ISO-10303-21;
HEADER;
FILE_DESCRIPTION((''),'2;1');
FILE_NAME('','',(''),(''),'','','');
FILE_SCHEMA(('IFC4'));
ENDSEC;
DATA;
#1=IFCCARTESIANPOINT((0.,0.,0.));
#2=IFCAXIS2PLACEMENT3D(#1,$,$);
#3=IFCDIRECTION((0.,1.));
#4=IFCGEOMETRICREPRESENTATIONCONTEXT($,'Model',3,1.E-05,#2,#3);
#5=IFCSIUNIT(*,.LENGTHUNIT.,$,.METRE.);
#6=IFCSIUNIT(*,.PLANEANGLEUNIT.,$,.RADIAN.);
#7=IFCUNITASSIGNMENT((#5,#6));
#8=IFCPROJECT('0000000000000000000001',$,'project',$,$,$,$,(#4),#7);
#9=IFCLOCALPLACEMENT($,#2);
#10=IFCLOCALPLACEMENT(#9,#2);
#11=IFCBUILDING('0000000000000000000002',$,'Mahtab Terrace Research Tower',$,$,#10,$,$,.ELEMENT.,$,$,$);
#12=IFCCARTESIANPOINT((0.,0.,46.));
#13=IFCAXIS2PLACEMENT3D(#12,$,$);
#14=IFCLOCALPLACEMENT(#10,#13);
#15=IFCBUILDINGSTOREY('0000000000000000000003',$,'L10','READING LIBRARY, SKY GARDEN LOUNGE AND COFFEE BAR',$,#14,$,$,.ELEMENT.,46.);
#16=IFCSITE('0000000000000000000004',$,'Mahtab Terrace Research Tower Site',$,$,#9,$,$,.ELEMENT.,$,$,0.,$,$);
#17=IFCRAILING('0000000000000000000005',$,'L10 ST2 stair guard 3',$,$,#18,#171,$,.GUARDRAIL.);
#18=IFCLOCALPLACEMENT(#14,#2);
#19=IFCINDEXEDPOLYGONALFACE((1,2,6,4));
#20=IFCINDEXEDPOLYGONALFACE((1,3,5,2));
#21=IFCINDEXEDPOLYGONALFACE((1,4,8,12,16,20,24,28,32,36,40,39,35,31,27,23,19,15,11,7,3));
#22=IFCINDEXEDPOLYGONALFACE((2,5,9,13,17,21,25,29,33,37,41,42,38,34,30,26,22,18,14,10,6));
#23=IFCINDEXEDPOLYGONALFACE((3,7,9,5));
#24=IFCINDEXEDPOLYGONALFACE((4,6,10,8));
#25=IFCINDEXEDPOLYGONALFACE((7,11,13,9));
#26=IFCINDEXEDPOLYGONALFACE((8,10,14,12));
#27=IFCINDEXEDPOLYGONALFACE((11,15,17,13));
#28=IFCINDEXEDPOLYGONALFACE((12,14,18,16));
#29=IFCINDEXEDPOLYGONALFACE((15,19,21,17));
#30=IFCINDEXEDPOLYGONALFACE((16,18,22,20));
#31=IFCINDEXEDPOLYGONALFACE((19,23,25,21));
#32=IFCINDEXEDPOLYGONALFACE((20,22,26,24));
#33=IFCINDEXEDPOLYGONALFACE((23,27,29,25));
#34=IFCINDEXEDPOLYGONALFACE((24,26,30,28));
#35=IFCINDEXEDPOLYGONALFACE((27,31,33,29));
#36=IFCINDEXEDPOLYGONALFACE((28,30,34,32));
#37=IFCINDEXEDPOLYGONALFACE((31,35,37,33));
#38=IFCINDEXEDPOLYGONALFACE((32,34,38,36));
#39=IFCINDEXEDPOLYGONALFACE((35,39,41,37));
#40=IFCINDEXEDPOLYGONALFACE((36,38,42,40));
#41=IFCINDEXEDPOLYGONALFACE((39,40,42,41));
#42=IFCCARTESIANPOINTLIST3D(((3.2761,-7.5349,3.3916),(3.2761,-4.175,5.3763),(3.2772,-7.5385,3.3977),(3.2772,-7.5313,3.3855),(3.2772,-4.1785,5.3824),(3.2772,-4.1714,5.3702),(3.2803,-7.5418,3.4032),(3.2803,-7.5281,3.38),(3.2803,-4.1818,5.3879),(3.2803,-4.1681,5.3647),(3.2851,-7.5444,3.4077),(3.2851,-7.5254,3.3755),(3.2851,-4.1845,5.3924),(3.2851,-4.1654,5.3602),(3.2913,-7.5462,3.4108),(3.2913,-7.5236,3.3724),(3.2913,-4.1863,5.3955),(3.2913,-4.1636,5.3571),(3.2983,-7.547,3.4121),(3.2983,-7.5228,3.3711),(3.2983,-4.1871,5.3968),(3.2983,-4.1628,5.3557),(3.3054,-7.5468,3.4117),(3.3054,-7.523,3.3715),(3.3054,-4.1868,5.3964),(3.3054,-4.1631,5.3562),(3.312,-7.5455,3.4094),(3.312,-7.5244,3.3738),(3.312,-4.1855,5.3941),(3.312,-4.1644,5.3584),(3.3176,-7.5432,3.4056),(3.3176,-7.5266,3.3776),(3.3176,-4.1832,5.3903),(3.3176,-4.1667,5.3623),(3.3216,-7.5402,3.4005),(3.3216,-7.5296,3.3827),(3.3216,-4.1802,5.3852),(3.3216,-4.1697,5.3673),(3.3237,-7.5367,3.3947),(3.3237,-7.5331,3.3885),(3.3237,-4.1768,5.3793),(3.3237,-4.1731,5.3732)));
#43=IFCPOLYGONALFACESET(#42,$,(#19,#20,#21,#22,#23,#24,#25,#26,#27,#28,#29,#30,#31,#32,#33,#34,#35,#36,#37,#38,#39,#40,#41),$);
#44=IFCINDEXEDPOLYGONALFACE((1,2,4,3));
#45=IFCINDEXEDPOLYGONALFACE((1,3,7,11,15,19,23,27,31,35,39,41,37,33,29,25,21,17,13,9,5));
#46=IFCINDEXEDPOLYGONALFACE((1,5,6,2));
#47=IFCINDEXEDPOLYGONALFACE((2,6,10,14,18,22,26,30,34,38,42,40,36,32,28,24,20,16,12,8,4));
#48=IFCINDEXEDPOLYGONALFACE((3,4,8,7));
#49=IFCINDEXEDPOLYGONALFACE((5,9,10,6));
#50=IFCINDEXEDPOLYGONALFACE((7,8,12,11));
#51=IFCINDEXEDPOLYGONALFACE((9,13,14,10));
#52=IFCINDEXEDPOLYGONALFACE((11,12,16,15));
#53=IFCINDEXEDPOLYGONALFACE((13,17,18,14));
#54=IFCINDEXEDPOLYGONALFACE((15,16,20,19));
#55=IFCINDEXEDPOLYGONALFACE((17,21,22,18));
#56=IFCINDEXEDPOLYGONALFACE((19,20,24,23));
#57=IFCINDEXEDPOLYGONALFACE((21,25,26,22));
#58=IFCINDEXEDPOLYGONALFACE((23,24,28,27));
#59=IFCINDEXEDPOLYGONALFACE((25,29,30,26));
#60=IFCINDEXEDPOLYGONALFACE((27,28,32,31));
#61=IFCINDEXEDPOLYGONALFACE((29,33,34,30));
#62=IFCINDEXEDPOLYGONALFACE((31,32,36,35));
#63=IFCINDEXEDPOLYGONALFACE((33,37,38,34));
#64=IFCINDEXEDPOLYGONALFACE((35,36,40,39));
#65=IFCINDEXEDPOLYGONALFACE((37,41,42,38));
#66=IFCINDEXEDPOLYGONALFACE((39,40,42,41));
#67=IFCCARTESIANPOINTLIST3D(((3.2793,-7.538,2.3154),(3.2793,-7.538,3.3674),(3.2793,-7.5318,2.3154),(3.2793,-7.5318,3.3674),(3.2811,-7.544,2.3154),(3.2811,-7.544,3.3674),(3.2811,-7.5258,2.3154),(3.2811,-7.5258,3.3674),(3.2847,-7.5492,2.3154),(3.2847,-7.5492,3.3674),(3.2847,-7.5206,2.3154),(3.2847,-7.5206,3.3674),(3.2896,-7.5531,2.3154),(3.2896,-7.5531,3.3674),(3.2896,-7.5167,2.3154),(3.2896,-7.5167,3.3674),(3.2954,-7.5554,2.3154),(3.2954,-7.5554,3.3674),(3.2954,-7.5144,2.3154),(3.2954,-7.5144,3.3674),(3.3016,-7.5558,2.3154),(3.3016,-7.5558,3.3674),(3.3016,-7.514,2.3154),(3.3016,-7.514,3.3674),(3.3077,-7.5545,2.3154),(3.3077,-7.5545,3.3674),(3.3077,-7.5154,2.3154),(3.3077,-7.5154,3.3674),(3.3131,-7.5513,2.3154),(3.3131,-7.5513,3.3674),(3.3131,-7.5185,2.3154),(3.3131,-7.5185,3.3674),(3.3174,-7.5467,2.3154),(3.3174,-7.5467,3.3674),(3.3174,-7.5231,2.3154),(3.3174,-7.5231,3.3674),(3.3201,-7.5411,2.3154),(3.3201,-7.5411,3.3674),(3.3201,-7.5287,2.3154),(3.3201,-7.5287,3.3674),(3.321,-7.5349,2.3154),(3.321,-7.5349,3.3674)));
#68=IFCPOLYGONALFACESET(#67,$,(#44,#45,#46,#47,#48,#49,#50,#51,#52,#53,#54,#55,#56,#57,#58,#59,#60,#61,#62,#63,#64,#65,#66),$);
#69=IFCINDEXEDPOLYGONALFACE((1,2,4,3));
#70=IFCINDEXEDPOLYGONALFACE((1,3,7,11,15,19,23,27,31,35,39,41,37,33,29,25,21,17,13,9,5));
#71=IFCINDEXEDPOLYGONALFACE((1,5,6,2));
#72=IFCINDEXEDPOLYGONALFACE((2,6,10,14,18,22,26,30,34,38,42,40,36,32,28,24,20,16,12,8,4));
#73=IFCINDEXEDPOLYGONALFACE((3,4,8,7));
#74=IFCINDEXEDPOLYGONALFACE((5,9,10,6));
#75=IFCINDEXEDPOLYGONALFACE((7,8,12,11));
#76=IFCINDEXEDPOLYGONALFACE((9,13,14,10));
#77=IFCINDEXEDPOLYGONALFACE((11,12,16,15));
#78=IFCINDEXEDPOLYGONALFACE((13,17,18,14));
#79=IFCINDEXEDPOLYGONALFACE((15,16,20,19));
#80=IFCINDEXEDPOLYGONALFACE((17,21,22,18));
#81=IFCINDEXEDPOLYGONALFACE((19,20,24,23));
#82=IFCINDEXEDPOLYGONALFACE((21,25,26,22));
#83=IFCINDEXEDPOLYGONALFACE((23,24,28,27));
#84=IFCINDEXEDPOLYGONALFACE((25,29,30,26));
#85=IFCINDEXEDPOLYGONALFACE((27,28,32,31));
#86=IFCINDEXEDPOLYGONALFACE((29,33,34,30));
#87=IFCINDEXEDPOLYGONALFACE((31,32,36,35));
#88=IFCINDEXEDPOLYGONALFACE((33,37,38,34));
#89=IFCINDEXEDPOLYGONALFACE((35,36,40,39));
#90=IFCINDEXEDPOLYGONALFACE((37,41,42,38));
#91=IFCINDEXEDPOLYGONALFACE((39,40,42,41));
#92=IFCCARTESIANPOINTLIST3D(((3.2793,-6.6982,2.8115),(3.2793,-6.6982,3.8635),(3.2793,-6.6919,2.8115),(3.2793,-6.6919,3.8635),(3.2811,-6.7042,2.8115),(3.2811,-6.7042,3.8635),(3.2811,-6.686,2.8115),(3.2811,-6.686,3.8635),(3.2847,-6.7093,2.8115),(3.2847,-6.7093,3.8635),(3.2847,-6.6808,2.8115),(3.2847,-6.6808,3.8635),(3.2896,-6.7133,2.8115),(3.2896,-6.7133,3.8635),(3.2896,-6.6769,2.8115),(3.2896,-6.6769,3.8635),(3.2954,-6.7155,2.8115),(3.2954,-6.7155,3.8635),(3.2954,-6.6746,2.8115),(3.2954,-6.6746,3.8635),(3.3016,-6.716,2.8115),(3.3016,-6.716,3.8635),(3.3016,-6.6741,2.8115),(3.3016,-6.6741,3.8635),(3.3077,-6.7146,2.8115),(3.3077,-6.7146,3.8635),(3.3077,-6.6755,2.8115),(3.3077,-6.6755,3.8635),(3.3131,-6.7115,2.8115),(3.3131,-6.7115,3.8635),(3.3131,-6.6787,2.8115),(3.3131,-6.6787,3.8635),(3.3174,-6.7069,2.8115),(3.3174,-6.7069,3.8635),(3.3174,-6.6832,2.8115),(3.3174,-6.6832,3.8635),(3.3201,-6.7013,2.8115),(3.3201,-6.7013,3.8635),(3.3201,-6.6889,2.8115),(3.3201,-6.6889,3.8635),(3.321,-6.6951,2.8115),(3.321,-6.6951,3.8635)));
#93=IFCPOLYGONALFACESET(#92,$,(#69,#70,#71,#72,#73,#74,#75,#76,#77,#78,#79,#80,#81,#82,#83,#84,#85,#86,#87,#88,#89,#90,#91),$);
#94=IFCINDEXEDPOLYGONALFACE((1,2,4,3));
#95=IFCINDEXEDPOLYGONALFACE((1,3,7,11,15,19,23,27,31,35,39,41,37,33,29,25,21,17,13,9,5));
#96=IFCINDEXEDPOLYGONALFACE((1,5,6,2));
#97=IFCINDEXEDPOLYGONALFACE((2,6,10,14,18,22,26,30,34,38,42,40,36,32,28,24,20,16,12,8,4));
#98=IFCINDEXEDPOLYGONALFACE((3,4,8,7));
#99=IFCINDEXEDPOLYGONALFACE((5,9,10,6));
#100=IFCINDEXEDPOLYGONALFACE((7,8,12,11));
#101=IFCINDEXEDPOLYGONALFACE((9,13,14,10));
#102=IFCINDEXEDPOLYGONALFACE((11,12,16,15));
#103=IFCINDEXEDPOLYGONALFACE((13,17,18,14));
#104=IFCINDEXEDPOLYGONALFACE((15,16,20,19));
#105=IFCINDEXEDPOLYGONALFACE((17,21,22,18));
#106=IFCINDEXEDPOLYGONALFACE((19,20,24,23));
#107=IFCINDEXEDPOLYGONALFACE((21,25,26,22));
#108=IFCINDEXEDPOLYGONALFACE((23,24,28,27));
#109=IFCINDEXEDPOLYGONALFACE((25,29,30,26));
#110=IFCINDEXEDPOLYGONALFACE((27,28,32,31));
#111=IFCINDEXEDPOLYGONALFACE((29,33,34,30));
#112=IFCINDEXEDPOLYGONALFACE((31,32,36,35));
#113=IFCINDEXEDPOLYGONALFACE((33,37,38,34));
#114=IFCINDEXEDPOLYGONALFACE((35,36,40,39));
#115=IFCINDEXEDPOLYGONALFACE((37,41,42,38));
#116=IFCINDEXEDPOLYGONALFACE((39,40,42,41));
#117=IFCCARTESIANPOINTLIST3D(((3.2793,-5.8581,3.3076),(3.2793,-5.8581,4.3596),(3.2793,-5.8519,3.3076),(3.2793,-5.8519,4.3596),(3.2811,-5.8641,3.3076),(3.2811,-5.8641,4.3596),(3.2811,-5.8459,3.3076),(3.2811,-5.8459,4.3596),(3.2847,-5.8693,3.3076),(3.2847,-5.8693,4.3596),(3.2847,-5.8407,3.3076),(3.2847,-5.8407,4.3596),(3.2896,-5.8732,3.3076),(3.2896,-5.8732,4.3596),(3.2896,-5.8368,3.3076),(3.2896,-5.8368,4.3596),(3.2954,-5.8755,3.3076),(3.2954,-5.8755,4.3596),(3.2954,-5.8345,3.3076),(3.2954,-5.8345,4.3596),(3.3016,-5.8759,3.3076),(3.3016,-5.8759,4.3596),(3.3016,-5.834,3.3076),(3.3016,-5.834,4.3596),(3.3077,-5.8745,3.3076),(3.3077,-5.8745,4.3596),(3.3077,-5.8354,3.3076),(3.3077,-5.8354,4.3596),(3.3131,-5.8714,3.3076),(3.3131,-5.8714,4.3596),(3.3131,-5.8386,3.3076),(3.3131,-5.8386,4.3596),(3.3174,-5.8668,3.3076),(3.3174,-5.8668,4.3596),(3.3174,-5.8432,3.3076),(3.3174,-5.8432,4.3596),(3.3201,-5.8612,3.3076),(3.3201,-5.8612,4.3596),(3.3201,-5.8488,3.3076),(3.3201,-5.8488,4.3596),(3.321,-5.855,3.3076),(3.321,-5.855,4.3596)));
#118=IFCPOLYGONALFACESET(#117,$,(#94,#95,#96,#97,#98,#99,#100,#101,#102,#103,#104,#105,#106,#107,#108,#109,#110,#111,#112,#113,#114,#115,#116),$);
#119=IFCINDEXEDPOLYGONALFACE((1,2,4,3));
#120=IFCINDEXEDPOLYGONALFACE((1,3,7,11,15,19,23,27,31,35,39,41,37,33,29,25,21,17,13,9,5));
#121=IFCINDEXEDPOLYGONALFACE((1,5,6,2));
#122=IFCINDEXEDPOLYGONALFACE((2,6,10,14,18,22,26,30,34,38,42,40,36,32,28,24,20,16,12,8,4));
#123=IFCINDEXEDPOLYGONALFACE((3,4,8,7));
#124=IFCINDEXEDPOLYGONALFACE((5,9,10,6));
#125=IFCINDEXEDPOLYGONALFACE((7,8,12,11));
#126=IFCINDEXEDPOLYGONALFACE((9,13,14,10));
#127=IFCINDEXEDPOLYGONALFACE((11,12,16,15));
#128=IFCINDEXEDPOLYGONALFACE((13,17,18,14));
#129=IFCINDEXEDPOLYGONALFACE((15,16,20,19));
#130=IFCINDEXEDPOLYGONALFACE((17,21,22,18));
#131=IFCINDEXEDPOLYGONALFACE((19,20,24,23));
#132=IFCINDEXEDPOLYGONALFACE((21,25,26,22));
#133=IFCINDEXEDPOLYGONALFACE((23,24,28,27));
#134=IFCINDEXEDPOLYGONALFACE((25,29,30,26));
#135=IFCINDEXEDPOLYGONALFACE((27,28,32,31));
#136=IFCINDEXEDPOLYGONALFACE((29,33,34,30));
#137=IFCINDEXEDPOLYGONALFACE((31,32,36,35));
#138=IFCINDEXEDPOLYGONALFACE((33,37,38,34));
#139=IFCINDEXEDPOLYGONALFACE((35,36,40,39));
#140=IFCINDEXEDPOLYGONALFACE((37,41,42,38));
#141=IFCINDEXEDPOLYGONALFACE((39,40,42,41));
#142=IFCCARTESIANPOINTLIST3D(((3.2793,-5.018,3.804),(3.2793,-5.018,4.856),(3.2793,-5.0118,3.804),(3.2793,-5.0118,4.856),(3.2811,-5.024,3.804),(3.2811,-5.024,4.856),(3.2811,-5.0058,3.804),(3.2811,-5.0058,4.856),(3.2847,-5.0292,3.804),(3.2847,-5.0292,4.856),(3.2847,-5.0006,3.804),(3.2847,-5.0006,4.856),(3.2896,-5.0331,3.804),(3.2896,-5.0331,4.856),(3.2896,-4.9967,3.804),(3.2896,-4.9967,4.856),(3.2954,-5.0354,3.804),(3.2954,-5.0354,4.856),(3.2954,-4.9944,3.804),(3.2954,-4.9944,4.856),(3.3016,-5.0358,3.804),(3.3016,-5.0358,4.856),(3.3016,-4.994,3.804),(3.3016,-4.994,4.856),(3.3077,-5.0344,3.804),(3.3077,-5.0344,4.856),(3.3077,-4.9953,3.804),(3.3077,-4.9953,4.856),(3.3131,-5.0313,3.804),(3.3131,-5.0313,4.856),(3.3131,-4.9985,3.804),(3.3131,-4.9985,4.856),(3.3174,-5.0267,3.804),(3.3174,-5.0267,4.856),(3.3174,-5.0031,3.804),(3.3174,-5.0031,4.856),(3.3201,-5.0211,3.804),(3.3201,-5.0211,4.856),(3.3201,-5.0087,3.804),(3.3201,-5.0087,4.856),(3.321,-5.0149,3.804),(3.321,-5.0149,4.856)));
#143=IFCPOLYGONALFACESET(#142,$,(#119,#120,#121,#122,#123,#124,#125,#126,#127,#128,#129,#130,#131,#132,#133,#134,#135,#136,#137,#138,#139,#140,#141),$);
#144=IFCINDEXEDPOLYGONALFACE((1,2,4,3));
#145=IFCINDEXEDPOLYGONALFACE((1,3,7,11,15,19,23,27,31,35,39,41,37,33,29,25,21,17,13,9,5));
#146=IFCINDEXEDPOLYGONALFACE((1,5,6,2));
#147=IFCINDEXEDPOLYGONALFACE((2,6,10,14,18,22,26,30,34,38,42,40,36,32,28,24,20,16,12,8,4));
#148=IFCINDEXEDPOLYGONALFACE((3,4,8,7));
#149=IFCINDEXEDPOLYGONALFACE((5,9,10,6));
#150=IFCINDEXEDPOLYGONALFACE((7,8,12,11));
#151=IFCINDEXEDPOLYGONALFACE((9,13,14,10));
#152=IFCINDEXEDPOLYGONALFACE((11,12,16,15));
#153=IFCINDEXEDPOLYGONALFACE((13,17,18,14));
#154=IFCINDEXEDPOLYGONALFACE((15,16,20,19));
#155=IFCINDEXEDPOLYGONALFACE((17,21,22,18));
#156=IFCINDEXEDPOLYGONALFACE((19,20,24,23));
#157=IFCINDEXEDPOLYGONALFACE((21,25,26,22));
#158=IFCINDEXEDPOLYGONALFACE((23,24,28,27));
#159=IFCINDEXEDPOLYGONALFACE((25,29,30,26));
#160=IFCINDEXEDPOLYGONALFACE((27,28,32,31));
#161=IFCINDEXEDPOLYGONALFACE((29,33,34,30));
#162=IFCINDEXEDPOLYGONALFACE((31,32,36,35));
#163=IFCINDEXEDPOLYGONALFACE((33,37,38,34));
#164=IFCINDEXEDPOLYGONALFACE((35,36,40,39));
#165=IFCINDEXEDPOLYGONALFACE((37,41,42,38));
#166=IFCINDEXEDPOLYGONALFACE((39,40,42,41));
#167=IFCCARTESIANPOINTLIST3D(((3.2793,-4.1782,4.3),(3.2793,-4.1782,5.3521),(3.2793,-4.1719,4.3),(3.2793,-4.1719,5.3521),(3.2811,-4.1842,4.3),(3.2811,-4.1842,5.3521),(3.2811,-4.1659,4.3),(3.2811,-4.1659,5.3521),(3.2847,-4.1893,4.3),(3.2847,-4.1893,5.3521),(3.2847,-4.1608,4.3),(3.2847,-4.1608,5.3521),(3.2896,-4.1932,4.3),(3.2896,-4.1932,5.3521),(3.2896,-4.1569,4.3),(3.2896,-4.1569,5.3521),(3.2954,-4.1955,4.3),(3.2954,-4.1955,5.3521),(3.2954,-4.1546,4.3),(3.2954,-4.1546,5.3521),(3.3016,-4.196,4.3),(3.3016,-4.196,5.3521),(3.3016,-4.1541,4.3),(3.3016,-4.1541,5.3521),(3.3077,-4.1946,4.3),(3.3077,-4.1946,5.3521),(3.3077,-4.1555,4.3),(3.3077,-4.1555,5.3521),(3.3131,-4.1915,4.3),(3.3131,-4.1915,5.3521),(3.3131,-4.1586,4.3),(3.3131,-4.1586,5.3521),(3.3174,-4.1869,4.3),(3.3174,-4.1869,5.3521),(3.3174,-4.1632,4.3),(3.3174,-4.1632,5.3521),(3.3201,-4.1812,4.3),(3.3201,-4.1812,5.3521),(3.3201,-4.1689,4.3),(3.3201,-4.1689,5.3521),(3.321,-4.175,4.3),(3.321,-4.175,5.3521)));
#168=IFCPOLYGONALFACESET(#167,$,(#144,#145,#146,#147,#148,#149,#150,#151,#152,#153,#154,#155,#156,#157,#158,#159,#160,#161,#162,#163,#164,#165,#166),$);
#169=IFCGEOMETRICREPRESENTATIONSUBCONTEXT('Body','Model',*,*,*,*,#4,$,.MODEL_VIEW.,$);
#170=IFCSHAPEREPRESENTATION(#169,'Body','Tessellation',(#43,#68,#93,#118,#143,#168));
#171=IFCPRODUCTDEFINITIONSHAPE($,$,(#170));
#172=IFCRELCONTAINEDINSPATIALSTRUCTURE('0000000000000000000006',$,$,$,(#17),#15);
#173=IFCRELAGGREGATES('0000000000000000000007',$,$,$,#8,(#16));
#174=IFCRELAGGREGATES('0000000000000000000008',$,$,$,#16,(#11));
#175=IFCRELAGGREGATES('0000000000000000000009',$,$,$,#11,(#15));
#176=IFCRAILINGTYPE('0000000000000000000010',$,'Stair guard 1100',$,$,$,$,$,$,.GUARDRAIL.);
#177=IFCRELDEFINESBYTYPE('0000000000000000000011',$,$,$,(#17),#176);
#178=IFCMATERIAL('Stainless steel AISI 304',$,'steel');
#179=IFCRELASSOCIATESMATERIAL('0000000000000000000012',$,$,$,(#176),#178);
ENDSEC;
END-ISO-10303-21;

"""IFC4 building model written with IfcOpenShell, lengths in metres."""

from ifc_helpers import new_model, si_unit, direction, frame, origin, origin_2d, place, context, subcontext, project, spatial, circle, extrude, material, type_object, element, save


model = new_model("IFC4")

# Units and contexts
model_context = context("Model", 3, precision=1e-05, world=origin(), true_north=direction((0.0, 1.0)))
body_context = subcontext(model_context, "Body", "Model", "MODEL_VIEW")
ifc_project = project(units=[si_unit("LENGTHUNIT", "METRE"), si_unit("PLANEANGLEUNIT", "RADIAN")], contexts=[model_context])

# Site, building, storey
site_placement = place(None, origin())
site = spatial("IfcSite", under=ifc_project, at=site_placement, Name="Mahtab Terrace Research Tower Site", CompositionType="ELEMENT", RefElevation=0.0)
building_placement = place(site_placement, origin())
building = spatial("IfcBuilding", under=site, at=building_placement, Name="Mahtab Terrace Research Tower", CompositionType="ELEMENT")
storey_placement = place(building_placement, frame((0.0, 0.0, 46.0)))
storey = spatial("IfcBuildingStorey", under=building, at=storey_placement, Name="L10", Description="READING LIBRARY, SKY GARDEN LOUNGE AND COFFEE BAR", CompositionType="ELEMENT", Elevation=46.0)

# Railing
ifc_material_1 = material(Name="Stainless steel AISI 304", Category="steel")
railing_type_1 = type_object("IfcRailingType", Name="Stair guard 1100", PredefinedType="GUARDRAIL", material=ifc_material_1)
railing_1_placement = place(storey_placement, frame((3.3, -7.5349, 2.3154)))
element("IfcRailing", 1, at=railing_1_placement, inside=storey, type_object=railing_type_1, Name="L10 ST2 stair guard 3", PredefinedType="GUARDRAIL", context=body_context, shape_type="SweptSolid", body=[
    extrude(circle(Radius=0.0239, at=origin_2d()), frame((0.0, 0.0, 1.0762), z_axis=(0.0, 0.861011, 0.508586), x_axis=(-1.0, 0.0, 0.0)), (0.0, 0.0, 1.0), 3.9023),
    extrude(circle(Radius=0.021, at=origin_2d()), origin(), (0.0, 0.0, 1.0), 1.052),
    extrude(circle(Radius=0.021, at=origin_2d()), frame((0.0, 0.8398, 0.4961)), (0.0, 0.0, 1.0), 1.052),
    extrude(circle(Radius=0.021, at=origin_2d()), frame((0.0, 1.6799, 0.9922)), (0.0, 0.0, 1.0), 1.052),
    extrude(circle(Radius=0.021, at=origin_2d()), frame((0.0, 2.52, 1.4885)), (0.0, 0.0, 1.0), 1.052),
    extrude(circle(Radius=0.021, at=origin_2d()), frame((0.0, 3.3599, 1.9846)), (0.0, 0.0, 1.0), 1.052),
])

save(model, "model.ifc")
